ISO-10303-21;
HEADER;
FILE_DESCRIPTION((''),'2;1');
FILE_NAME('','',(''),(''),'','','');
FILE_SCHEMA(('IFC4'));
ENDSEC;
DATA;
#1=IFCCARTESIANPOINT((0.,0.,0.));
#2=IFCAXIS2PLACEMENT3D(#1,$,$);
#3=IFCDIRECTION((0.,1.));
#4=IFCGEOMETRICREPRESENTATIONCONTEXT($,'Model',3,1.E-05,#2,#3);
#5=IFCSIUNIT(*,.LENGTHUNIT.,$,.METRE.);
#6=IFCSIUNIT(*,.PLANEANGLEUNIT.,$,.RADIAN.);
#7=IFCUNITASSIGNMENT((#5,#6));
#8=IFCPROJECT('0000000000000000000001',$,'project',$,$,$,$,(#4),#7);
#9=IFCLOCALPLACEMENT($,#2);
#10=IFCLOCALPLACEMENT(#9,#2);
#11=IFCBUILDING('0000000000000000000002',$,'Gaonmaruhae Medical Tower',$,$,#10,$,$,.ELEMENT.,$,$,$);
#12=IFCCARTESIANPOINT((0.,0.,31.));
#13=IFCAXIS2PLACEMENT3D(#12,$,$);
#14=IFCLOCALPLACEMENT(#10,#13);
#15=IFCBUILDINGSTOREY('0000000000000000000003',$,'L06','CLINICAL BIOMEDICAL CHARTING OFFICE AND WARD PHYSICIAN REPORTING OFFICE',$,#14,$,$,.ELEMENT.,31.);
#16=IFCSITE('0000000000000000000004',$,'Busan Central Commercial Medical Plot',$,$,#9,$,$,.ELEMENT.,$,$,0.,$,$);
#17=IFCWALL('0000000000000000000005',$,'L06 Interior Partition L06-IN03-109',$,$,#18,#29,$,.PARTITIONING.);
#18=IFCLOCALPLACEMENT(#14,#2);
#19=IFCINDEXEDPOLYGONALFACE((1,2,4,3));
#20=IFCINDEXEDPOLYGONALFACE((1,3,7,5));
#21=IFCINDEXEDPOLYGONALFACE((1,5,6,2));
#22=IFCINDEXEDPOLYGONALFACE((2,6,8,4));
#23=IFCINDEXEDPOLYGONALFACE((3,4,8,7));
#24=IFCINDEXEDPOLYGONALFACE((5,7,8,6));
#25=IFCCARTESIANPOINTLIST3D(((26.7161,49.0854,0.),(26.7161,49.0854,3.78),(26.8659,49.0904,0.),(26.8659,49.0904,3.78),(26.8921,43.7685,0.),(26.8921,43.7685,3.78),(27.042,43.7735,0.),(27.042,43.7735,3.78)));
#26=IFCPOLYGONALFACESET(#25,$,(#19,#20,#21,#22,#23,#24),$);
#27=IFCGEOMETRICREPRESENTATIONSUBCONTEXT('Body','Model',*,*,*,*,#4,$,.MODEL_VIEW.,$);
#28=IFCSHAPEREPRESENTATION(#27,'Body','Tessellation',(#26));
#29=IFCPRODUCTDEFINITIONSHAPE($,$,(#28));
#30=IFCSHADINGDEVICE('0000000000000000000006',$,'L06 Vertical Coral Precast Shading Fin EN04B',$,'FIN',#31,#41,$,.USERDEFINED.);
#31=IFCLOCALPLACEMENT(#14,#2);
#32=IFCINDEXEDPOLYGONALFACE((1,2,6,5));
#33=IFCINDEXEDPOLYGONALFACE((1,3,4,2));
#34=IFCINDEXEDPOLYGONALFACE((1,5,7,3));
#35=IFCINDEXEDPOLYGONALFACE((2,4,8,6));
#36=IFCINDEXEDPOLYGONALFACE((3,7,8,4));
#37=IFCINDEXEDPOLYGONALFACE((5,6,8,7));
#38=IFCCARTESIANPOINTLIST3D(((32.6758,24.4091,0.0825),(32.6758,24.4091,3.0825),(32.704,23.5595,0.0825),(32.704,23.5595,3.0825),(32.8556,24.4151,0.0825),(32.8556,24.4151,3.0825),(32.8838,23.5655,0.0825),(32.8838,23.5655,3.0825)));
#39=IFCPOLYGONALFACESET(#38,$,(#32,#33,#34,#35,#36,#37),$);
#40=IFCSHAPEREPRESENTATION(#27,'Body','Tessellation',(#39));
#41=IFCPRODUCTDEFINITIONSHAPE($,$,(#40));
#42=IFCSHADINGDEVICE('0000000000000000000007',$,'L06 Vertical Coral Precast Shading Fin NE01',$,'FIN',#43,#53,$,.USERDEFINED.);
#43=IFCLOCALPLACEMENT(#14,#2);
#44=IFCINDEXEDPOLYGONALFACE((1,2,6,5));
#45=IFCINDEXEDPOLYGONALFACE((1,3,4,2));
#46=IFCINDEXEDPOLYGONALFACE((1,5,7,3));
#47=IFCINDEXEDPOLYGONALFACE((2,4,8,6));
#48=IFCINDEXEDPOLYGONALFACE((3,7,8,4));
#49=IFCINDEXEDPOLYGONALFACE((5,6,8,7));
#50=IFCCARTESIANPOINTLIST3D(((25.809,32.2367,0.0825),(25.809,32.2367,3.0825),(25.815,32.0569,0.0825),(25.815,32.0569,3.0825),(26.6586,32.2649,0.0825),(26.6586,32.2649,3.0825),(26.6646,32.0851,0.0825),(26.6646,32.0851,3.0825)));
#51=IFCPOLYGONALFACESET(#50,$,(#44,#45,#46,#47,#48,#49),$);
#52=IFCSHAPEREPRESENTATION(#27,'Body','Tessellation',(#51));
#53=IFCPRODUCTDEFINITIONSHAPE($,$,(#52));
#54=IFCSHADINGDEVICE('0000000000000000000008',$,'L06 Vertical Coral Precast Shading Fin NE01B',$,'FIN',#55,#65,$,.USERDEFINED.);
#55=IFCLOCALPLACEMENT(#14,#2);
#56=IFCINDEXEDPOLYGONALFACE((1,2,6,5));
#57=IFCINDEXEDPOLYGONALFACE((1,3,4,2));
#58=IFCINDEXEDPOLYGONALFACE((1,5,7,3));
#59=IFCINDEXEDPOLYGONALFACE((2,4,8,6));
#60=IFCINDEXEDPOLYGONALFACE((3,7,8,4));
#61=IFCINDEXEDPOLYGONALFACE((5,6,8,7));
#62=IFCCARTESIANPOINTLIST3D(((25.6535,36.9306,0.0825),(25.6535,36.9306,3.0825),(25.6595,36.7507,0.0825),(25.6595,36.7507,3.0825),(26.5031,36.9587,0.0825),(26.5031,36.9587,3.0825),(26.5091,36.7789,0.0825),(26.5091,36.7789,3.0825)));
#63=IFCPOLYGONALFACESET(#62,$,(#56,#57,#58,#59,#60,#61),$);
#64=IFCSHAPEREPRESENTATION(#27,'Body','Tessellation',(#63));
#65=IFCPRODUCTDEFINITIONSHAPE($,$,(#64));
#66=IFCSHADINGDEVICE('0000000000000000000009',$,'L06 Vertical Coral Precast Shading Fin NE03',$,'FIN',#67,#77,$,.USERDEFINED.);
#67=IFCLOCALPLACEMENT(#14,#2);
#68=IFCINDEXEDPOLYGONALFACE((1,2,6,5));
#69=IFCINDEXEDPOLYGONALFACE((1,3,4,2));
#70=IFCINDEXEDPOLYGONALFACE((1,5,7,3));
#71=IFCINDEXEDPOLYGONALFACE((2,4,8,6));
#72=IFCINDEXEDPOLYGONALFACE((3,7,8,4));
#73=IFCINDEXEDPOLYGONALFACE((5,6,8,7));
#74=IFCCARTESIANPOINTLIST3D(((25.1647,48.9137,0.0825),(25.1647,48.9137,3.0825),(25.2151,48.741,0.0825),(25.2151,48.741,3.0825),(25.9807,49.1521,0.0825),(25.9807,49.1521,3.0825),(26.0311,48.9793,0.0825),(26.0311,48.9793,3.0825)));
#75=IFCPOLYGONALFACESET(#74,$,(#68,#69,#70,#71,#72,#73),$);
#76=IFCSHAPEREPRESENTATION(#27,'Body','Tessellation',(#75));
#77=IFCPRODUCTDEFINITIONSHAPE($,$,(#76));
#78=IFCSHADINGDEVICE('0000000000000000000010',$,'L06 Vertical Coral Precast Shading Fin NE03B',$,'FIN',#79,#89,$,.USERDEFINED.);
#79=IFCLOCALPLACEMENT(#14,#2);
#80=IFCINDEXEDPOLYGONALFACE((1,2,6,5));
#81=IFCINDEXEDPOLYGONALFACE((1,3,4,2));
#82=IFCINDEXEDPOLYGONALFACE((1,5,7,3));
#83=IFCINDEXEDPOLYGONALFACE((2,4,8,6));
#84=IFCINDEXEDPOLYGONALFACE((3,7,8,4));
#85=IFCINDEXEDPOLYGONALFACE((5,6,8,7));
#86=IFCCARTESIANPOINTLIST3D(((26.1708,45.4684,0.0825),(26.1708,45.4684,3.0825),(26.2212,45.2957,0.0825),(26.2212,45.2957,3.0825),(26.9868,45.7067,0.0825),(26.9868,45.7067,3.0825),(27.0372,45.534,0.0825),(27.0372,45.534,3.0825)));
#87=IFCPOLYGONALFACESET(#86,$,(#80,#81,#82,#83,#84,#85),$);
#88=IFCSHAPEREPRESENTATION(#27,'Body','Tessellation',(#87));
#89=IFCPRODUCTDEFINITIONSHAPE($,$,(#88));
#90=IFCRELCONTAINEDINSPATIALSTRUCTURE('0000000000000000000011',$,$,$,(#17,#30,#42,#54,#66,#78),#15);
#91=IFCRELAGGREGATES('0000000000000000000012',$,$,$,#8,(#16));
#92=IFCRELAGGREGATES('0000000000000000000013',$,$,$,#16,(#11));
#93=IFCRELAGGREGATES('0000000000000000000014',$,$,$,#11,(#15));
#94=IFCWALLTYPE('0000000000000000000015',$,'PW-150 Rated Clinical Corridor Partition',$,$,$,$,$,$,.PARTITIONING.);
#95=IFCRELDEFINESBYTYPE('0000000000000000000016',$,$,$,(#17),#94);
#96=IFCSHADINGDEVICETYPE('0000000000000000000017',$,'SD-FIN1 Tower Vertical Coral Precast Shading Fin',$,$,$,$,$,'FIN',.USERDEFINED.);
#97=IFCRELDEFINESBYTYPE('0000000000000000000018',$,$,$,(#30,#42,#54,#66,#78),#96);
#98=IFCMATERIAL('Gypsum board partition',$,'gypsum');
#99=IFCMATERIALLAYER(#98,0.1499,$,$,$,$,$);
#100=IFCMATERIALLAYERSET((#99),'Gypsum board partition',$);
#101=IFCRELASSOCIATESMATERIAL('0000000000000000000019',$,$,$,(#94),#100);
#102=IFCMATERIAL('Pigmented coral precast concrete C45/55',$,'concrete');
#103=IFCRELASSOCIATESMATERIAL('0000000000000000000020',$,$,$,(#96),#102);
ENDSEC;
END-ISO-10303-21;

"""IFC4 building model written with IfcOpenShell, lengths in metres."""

from ifc_helpers import new_model, si_unit, direction, frame, frame_2d, origin, origin_2d, place, context, subcontext, project, spatial, rectangle, extrude, material, layer, layer_set, type_object, element, save


model = new_model("IFC4")

# Units and contexts
model_context = context("Model", 3, precision=1e-05, world=origin(), true_north=direction((0.0, 1.0)))
body_context = subcontext(model_context, "Body", "Model", "MODEL_VIEW")
ifc_project = project(units=[si_unit("LENGTHUNIT", "METRE"), si_unit("PLANEANGLEUNIT", "RADIAN")], contexts=[model_context])

# Site, building, storey
site_placement = place(None, origin())
site = spatial("IfcSite", under=ifc_project, at=site_placement, Name="Busan Central Commercial Medical Plot", CompositionType="ELEMENT", RefElevation=0.0)
building_placement = place(site_placement, origin())
building = spatial("IfcBuilding", under=site, at=building_placement, Name="Gaonmaruhae Medical Tower", CompositionType="ELEMENT")
storey_placement = place(building_placement, frame((0.0, 0.0, 31.0)))
storey = spatial("IfcBuildingStorey", under=building, at=storey_placement, Name="L06", Description="CLINICAL BIOMEDICAL CHARTING OFFICE AND WARD PHYSICIAN REPORTING OFFICE", CompositionType="ELEMENT", Elevation=31.0)

# Wall
ifc_material_1 = material(Name="Gypsum board partition", Category="gypsum")
ifc_layer_1 = layer(ifc_material_1, 0.1499)
ifc_layer_set_1 = layer_set([ifc_layer_1], Name="Gypsum board partition")
wall_type_1 = type_object("IfcWallType", Name="PW-150 Rated Clinical Corridor Partition", PredefinedType="PARTITIONING", material=ifc_layer_set_1)
wall_1_placement = place(storey_placement, frame((26.791, 49.0879, 0.0), z_axis=(0.0, 0.0, 1.0), x_axis=(0.033089, -0.999452, 0.0)))
element("IfcWall", 1, at=wall_1_placement, inside=storey, type_object=wall_type_1, Name="L06 Interior Partition L06-IN03-109", PredefinedType="PARTITIONING", context=body_context, shape_type="SweptSolid", body=[
    extrude(rectangle(XDim=5.3198, YDim=0.1499, at=frame_2d((2.6599, 0.0))), origin(), (0.0, 0.0, 1.0), 3.78),
])

# Shading devices
ifc_material_2 = material(Name="Pigmented coral precast concrete C45/55", Category="concrete")
shading_device_type = type_object("IfcShadingDeviceType", Name="SD-FIN1 Tower Vertical Coral Precast Shading Fin", ElementType="FIN", PredefinedType="USERDEFINED", material=ifc_material_2)
for number, where, z_axis, x_axis, name in (
    (2, (32.7798, 23.9873, 0.0825), (0.0, 0.0, 1.0), (0.99945, 0.033155, 0.0), "L06 Vertical Coral Precast Shading Fin EN04B"),
    (3, (26.2368, 32.1609, 0.0825), (0.0, 0.0, 1.0), (-0.033155, 0.99945, 0.0), "L06 Vertical Coral Precast Shading Fin NE01"),
    (4, (26.0813, 36.8547, 0.0825), (0.0, 0.0, 1.0), (-0.033155, 0.99945, 0.0), "L06 Vertical Coral Precast Shading Fin NE01B"),
    (5, (25.5979, 48.9465, 0.0825), (0.0, 0.0, 1.0), (0.280348, -0.959898, 0.0), "L06 Vertical Coral Precast Shading Fin NE03"),
    (6, (26.604, 45.5012, 0.0825), (0.0, 0.0, 1.0), (0.280348, -0.959898, 0.0), "L06 Vertical Coral Precast Shading Fin NE03B"),
):
    element("IfcShadingDevice", number, at=place(storey_placement, frame(where, z_axis=z_axis, x_axis=x_axis)), inside=storey, type_object=shading_device_type, Name=name, ObjectType="FIN", PredefinedType="USERDEFINED", context=body_context, shape_type="SweptSolid", body=[
        extrude(rectangle(XDim=0.1799, YDim=0.8501, at=origin_2d()), origin(), (0.0, 0.0, 1.0), 3.0),
    ])

save(model, "model.ifc")
